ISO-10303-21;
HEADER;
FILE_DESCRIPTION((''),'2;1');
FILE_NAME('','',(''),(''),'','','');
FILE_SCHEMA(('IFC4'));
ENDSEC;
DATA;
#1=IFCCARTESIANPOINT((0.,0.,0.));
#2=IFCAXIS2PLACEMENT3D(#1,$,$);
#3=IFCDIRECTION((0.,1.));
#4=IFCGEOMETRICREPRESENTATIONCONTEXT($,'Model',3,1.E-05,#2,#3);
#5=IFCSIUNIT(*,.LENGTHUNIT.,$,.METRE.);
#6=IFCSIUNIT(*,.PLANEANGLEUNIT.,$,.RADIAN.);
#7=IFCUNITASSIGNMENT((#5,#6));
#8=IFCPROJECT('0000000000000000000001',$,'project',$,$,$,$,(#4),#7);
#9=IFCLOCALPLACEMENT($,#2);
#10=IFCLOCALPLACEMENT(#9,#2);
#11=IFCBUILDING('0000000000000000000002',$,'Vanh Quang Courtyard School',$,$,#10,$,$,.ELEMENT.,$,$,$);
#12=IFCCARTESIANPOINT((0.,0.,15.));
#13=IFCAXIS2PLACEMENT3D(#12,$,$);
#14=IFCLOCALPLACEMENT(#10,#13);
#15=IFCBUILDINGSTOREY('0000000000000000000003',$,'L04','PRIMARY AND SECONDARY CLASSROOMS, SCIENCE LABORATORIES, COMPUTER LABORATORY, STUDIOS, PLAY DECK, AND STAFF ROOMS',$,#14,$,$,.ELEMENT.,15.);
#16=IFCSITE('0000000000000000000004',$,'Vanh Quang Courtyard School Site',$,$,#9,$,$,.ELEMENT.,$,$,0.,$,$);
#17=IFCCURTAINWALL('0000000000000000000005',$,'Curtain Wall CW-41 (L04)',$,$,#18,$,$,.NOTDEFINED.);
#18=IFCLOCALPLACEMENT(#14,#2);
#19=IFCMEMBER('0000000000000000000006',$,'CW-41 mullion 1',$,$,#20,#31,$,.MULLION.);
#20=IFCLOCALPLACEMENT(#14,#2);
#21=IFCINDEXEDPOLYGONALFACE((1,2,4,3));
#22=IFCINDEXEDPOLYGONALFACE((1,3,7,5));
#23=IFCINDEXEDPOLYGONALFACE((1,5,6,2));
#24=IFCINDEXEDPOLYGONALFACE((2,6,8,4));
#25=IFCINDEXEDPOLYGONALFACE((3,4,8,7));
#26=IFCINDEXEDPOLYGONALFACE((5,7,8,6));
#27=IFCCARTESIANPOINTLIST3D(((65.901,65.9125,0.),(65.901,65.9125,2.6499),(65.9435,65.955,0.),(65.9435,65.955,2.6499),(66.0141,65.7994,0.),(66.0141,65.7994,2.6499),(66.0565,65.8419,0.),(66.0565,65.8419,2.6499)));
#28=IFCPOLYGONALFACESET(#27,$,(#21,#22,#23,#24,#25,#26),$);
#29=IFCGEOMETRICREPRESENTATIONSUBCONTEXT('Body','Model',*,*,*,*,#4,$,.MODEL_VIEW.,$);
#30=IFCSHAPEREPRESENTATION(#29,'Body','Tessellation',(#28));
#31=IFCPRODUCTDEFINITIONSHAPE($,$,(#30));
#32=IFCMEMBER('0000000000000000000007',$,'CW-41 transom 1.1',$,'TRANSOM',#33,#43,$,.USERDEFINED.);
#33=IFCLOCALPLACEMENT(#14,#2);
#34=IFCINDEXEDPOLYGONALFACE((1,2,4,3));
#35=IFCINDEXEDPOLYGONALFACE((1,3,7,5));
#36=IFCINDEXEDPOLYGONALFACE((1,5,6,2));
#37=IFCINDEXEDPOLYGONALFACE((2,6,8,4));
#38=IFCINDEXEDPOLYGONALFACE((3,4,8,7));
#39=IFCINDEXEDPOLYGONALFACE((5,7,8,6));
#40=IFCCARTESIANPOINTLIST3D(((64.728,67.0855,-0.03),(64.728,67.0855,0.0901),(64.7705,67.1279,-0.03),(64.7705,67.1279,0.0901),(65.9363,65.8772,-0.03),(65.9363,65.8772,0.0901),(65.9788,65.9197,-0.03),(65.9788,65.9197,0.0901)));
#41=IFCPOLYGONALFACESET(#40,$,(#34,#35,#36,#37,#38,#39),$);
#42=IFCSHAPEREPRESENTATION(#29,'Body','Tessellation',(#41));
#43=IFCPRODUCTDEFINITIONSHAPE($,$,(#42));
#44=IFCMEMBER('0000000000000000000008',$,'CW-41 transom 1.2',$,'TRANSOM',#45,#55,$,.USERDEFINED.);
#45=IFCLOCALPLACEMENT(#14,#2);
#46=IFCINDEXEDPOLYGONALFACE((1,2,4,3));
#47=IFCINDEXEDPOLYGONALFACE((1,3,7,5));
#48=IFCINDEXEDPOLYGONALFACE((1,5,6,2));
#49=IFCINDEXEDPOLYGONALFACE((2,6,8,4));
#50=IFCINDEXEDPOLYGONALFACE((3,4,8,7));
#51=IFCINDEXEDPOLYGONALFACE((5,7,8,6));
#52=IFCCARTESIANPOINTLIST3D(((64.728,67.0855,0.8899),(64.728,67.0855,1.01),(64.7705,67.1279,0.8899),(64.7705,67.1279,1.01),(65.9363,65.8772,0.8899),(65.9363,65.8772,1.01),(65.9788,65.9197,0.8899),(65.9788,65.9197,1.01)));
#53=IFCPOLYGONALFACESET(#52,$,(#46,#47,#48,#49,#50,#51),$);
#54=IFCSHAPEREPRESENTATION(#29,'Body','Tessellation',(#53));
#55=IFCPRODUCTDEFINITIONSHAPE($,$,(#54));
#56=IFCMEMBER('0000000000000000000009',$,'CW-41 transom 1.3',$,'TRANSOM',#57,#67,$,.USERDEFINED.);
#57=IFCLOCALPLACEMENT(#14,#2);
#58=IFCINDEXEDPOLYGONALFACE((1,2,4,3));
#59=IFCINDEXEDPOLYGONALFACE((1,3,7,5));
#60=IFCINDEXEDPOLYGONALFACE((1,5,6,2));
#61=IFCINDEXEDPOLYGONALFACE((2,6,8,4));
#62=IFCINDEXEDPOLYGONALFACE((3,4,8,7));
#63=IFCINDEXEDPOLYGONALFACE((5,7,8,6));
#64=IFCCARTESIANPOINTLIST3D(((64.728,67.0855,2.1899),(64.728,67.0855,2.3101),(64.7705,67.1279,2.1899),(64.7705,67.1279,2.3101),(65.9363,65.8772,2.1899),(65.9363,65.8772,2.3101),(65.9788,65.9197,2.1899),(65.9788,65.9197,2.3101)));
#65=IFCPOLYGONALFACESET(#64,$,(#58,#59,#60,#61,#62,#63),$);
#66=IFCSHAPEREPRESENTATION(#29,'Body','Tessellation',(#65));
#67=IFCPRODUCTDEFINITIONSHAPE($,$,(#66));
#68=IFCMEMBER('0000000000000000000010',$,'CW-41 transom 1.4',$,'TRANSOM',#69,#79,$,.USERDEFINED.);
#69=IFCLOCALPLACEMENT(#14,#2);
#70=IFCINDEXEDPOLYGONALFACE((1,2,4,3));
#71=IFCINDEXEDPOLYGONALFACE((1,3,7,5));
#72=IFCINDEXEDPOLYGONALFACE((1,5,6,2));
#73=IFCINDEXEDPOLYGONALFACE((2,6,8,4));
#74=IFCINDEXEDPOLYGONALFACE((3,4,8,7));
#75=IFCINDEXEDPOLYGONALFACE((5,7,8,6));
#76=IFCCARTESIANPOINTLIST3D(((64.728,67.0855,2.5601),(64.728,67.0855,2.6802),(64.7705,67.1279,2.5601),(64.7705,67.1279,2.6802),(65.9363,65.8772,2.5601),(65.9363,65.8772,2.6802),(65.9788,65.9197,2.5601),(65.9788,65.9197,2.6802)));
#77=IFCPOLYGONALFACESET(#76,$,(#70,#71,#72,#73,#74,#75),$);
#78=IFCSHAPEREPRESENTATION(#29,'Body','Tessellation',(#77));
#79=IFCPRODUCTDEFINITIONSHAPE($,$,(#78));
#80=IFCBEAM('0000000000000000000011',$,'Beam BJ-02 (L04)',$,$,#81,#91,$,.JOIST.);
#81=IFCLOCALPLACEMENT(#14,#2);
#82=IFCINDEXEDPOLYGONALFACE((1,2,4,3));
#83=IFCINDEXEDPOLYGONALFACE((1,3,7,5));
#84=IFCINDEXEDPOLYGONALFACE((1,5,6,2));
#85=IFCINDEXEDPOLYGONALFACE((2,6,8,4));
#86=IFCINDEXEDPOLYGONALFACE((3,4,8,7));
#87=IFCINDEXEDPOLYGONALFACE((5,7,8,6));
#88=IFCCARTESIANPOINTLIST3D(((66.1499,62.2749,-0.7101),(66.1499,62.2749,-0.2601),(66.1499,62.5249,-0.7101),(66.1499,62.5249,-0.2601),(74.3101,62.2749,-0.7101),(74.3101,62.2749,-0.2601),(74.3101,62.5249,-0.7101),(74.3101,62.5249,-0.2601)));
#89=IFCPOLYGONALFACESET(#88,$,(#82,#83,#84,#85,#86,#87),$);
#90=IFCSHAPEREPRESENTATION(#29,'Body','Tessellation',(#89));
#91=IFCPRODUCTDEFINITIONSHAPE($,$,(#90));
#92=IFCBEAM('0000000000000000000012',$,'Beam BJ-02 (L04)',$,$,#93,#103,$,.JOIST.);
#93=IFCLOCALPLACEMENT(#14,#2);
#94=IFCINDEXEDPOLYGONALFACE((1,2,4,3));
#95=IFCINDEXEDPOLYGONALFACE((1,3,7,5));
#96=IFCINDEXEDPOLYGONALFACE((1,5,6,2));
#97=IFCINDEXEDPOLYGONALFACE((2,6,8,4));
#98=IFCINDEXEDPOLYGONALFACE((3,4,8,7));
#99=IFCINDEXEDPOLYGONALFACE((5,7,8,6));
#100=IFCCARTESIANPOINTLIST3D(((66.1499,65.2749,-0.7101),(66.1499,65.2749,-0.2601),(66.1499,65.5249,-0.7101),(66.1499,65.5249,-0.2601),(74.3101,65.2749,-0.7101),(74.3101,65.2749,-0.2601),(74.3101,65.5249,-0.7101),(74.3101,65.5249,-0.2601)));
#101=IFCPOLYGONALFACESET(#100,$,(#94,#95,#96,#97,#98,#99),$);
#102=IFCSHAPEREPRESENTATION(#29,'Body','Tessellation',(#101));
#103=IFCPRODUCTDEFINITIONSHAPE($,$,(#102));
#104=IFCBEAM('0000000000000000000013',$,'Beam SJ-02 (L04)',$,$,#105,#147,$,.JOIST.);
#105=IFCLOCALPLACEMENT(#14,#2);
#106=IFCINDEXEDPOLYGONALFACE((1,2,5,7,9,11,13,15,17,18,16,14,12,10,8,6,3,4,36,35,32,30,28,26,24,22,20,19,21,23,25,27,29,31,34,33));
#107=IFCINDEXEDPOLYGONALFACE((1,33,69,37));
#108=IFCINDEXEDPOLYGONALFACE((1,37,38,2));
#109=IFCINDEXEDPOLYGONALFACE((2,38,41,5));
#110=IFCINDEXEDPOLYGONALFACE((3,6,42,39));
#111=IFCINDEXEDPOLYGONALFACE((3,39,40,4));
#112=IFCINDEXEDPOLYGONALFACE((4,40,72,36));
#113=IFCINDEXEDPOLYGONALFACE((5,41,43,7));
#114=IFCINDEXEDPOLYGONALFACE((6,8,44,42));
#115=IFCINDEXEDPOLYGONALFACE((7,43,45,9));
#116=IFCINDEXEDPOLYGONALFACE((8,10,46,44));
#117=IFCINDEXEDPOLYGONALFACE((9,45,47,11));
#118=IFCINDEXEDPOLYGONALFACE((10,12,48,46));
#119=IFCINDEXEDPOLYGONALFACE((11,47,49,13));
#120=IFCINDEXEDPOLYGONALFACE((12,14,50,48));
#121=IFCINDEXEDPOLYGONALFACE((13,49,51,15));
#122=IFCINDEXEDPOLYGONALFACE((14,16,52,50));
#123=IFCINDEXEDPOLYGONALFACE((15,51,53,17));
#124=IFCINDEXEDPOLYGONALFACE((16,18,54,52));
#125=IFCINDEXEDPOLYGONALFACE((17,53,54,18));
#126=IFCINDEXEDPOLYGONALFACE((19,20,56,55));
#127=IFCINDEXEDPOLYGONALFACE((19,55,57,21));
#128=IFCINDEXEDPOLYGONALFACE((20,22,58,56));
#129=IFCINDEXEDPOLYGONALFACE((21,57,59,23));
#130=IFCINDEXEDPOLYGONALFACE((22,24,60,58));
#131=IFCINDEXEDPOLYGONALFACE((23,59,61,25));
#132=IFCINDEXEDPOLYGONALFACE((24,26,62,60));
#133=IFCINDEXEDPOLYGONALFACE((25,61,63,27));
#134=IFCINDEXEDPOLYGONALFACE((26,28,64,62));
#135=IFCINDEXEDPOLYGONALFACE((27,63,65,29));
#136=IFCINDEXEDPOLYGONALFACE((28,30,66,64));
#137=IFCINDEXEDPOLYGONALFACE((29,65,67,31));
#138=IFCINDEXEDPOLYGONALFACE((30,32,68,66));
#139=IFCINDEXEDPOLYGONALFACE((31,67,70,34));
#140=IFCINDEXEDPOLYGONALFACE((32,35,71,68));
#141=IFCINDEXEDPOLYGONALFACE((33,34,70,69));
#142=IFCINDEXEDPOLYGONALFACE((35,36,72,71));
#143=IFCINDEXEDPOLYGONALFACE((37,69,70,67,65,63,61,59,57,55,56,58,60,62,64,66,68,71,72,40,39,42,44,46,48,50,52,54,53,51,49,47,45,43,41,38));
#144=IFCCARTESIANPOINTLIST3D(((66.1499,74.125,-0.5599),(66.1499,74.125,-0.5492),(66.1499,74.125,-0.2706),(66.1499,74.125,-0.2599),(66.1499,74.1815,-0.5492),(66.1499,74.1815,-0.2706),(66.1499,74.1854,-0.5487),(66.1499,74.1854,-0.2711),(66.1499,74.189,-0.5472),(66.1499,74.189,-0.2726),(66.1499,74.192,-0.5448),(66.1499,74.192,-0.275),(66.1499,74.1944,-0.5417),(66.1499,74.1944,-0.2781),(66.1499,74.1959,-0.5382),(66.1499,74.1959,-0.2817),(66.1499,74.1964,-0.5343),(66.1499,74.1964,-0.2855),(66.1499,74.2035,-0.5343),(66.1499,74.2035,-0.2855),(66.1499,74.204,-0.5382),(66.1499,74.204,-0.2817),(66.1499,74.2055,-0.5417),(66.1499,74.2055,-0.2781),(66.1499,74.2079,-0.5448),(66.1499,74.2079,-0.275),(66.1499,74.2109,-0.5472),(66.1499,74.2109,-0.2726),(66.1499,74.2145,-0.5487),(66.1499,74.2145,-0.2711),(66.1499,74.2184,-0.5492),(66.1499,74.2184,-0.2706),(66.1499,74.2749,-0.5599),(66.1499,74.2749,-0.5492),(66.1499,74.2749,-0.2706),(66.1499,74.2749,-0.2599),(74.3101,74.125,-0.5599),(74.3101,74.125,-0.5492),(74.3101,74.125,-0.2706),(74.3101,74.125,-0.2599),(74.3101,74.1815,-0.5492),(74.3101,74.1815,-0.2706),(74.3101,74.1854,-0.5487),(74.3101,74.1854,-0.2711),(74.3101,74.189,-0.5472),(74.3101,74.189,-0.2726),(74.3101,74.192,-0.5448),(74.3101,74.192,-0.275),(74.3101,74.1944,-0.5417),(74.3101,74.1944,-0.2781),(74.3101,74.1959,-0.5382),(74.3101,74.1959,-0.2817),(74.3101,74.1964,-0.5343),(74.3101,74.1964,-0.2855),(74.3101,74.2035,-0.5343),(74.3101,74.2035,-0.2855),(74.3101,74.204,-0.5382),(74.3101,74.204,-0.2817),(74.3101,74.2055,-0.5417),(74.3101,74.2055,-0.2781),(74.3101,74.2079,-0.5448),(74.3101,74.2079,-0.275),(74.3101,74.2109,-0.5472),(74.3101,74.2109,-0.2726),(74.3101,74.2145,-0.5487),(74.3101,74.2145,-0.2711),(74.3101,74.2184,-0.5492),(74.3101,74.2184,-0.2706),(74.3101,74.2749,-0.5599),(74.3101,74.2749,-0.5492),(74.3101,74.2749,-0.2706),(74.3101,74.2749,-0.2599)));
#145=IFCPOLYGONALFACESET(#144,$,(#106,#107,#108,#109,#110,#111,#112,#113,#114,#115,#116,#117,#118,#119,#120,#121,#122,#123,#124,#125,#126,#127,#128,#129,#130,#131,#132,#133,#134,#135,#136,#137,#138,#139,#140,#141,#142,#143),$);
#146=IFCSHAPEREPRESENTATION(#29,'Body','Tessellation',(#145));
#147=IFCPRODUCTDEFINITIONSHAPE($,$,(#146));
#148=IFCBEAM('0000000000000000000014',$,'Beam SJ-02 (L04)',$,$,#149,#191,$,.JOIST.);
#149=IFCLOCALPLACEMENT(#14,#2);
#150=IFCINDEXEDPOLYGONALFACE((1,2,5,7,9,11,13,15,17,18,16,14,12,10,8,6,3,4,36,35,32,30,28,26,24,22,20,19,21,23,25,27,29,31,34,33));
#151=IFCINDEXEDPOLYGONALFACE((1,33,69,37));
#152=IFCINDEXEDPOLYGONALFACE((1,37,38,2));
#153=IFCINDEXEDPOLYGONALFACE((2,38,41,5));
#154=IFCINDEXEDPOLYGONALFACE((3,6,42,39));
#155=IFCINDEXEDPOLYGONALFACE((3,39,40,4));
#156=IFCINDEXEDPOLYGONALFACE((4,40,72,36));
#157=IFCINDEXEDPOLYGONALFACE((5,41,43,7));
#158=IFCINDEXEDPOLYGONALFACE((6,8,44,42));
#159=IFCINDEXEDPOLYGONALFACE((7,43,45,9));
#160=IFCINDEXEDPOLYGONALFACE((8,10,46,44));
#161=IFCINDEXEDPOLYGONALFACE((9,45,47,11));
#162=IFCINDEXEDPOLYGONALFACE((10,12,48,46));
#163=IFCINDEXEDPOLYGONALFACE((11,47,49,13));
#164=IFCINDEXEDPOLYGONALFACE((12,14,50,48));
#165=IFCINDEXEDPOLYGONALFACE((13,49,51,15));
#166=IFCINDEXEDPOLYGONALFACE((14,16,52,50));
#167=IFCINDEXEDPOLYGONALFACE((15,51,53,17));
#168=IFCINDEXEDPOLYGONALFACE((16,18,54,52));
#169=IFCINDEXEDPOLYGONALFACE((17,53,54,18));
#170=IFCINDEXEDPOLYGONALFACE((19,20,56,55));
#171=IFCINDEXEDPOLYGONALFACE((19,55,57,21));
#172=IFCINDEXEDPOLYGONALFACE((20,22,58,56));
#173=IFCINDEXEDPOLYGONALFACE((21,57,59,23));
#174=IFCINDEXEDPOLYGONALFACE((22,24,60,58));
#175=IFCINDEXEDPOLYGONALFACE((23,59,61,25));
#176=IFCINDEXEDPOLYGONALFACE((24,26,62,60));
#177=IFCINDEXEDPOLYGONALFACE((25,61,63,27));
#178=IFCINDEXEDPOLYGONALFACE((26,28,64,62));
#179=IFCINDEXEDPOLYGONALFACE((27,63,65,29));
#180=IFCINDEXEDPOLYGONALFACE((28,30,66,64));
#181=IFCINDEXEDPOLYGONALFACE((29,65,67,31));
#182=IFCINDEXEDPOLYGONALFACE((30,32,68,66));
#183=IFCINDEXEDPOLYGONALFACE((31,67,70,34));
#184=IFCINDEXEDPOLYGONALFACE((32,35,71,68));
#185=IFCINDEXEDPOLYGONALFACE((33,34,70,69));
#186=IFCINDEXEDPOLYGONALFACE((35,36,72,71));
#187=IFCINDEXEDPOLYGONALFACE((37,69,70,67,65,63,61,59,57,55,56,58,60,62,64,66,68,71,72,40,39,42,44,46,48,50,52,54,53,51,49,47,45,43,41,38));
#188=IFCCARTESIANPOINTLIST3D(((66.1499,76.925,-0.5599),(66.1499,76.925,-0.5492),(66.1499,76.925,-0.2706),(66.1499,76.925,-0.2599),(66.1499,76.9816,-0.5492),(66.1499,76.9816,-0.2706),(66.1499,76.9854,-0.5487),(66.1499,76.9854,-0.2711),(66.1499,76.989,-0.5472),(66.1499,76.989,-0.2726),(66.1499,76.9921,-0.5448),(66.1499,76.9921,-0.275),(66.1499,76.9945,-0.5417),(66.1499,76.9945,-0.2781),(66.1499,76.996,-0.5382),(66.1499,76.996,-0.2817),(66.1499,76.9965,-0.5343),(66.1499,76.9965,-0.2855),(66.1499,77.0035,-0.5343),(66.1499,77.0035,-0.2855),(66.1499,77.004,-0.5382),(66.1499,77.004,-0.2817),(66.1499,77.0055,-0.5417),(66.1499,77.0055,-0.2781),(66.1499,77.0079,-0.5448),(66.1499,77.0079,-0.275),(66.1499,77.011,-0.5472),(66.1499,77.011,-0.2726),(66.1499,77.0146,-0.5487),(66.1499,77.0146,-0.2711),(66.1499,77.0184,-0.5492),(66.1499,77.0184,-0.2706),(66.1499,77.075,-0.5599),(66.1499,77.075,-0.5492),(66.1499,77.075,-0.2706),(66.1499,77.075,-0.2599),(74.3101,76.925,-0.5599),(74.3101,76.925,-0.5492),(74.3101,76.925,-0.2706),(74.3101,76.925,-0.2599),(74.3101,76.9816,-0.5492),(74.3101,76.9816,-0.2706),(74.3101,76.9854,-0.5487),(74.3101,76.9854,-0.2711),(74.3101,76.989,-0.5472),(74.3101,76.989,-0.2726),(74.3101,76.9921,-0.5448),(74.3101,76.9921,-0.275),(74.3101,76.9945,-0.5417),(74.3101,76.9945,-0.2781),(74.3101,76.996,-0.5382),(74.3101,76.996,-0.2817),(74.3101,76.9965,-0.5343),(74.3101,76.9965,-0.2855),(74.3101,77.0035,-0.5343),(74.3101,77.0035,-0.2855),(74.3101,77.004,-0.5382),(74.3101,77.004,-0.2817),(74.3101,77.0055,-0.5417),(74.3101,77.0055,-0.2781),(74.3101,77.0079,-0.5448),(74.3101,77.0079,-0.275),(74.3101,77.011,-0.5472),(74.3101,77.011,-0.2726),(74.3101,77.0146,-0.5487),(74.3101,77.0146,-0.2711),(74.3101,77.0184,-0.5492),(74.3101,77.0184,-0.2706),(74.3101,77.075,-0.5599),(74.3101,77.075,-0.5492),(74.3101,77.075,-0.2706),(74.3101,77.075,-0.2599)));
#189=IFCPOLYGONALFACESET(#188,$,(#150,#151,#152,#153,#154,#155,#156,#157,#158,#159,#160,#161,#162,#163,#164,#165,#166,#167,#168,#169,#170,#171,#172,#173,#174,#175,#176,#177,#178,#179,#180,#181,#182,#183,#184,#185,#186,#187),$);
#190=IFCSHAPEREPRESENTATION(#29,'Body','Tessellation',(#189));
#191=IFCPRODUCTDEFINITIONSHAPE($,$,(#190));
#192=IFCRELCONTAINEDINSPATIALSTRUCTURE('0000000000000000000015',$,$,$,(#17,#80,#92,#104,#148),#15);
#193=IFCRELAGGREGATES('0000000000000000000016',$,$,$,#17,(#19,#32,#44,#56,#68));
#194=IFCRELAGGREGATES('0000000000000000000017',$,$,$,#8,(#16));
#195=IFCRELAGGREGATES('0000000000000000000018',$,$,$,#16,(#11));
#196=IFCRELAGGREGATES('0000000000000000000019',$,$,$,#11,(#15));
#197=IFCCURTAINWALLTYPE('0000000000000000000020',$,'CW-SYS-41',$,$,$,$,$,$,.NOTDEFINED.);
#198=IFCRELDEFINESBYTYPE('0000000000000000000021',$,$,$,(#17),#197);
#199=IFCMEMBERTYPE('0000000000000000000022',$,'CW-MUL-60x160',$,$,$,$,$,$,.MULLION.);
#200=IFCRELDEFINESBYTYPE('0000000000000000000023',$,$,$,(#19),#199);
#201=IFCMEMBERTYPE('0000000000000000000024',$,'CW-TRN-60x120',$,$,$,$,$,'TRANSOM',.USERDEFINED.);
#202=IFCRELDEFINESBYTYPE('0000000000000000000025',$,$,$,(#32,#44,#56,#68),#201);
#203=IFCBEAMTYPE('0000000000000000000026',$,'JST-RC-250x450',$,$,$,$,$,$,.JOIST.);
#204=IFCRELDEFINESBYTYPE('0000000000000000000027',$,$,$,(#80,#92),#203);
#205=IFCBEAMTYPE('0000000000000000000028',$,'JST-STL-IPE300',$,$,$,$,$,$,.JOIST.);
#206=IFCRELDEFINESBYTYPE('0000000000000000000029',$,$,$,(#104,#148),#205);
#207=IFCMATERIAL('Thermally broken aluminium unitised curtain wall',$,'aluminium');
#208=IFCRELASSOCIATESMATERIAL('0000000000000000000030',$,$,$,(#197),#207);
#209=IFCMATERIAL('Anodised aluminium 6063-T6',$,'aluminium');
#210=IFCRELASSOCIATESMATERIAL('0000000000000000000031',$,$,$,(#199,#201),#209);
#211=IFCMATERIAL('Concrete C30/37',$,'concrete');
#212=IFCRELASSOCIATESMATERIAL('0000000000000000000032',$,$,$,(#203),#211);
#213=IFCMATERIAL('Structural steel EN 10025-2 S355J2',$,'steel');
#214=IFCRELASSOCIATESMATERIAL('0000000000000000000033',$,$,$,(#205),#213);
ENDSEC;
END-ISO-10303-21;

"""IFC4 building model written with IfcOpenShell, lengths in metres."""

from ifc_helpers import new_model, si_unit, direction, frame, origin, origin_2d, place, context, subcontext, project, spatial, rectangle, i_section, extrude, material, material_profile, profile_set, type_object, element, aggregate, save


model = new_model("IFC4")

# Units and contexts
model_context = context("Model", 3, precision=1e-05, world=origin(), true_north=direction((0.0, 1.0)))
body_context = subcontext(model_context, "Body", "Model", "MODEL_VIEW")
ifc_project = project(units=[si_unit("LENGTHUNIT", "METRE"), si_unit("PLANEANGLEUNIT", "RADIAN")], contexts=[model_context])

# Site, building, storey
site_placement = place(None, origin())
site = spatial("IfcSite", under=ifc_project, at=site_placement, Name="Vanh Quang Courtyard School Site", CompositionType="ELEMENT", RefElevation=0.0)
building_placement = place(site_placement, origin())
building = spatial("IfcBuilding", under=site, at=building_placement, Name="Vanh Quang Courtyard School", CompositionType="ELEMENT")
storey_placement = place(building_placement, frame((0.0, 0.0, 15.0)))
storey = spatial("IfcBuildingStorey", under=building, at=storey_placement, Name="L04", Description="PRIMARY AND SECONDARY CLASSROOMS, SCIENCE LABORATORIES, COMPUTER LABORATORY, STUDIOS, PLAY DECK, AND STAFF ROOMS", CompositionType="ELEMENT", Elevation=15.0)

# Shared definitions
ifc_material_1 = material(Name="Structural steel EN 10025-2 S355J2", Category="steel")

# Curtain wall, members
ifc_material_2 = material(Name="Thermally broken aluminium unitised curtain wall", Category="aluminium")
curtain_wall_type = type_object("IfcCurtainWallType", Name="CW-SYS-41", PredefinedType="NOTDEFINED", material=ifc_material_2)
curtain_wall_placement = place(storey_placement, origin())
curtain_wall = element("IfcCurtainWall", 1, at=curtain_wall_placement, inside=storey, type_object=curtain_wall_type, Name="Curtain Wall CW-41 (L04)", PredefinedType="NOTDEFINED")
ifc_material_3 = material(Name="Anodised aluminium 6063-T6", Category="aluminium")
ifc_material_profile_1 = material_profile(ifc_material_3, rectangle(XDim=0.0601, YDim=0.1599, at=origin_2d()), Name="ALU-MUL 60x160")
ifc_profile_set_1 = profile_set([ifc_material_profile_1], Name="Anodised aluminium 6063-T6")
member_type_1 = type_object("IfcMemberType", Name="CW-MUL-60x160", PredefinedType="MULLION", material=ifc_profile_set_1)
member_1_placement = place(storey_placement, frame((65.9788, 65.8772, 0.0), z_axis=(0.0, 0.0, 1.0), x_axis=(-0.707107, -0.707107, 0.0)))
member_1 = element("IfcMember", 2, at=member_1_placement, type_object=member_type_1, Name="CW-41 mullion 1", PredefinedType="MULLION", context=body_context, shape_type="SweptSolid", body=[
    extrude(rectangle(XDim=0.0601, YDim=0.1599, at=origin_2d()), origin(), (0.0, 0.0, 1.0), 2.6499),
])
ifc_material_profile_2 = material_profile(ifc_material_3, rectangle(XDim=0.0601, YDim=0.1201, at=origin_2d()), Name="ALU-TRN 60x120")
ifc_profile_set_2 = profile_set([ifc_material_profile_2], Name="Anodised aluminium 6063-T6")
member_type_2 = type_object("IfcMemberType", Name="CW-TRN-60x120", ElementType="TRANSOM", PredefinedType="USERDEFINED", material=ifc_profile_set_2)
member_2_placement = place(storey_placement, frame((65.9575, 65.8984, 0.03), z_axis=(-0.707107, 0.707107, 0.0), x_axis=(-0.707107, -0.707107, 0.0)))
member_2 = element("IfcMember", 3, at=member_2_placement, type_object=member_type_2, Name="CW-41 transom 1.1", ObjectType="TRANSOM", PredefinedType="USERDEFINED", context=body_context, shape_type="SweptSolid", body=[
    extrude(rectangle(XDim=0.0601, YDim=0.1201, at=origin_2d()), origin(), (0.0, 0.0, 1.0), 1.7087),
])
member_3_placement = place(storey_placement, frame((65.9575, 65.8984, 0.95), z_axis=(-0.707107, 0.707107, 0.0), x_axis=(-0.707107, -0.707107, 0.0)))
member_3 = element("IfcMember", 4, at=member_3_placement, type_object=member_type_2, Name="CW-41 transom 1.2", ObjectType="TRANSOM", PredefinedType="USERDEFINED", context=body_context, shape_type="SweptSolid", body=[
    extrude(rectangle(XDim=0.0601, YDim=0.1201, at=origin_2d()), origin(), (0.0, 0.0, 1.0), 1.7087),
])
member_4_placement = place(storey_placement, frame((65.9575, 65.8984, 2.25), z_axis=(-0.707107, 0.707107, 0.0), x_axis=(-0.707107, -0.707107, 0.0)))
member_4 = element("IfcMember", 5, at=member_4_placement, type_object=member_type_2, Name="CW-41 transom 1.3", ObjectType="TRANSOM", PredefinedType="USERDEFINED", context=body_context, shape_type="SweptSolid", body=[
    extrude(rectangle(XDim=0.0601, YDim=0.1201, at=origin_2d()), origin(), (0.0, 0.0, 1.0), 1.7087),
])
member_5_placement = place(storey_placement, frame((65.9575, 65.8984, 2.6201), z_axis=(-0.707107, 0.707107, 0.0), x_axis=(-0.707107, -0.707107, 0.0)))
member_5 = element("IfcMember", 6, at=member_5_placement, type_object=member_type_2, Name="CW-41 transom 1.4", ObjectType="TRANSOM", PredefinedType="USERDEFINED", context=body_context, shape_type="SweptSolid", body=[
    extrude(rectangle(XDim=0.0601, YDim=0.1201, at=origin_2d()), origin(), (0.0, 0.0, 1.0), 1.7087),
])
aggregate(curtain_wall, [member_1, member_2, member_3, member_4, member_5])

# Beams
ifc_material_4 = material(Name="Concrete C30/37", Category="concrete")
ifc_material_profile_3 = material_profile(ifc_material_4, rectangle(XDim=0.25, YDim=0.45, at=origin_2d()), Name="RC-JST 250x450")
ifc_profile_set_3 = profile_set([ifc_material_profile_3], Name="Concrete C30/37")
beam_type_1 = type_object("IfcBeamType", Name="JST-RC-250x450", PredefinedType="JOIST", material=ifc_profile_set_3)
for number, where, z_axis, x_axis, name in (
    (7, (66.1499, 62.3999, -0.4851), (1.0, 0.0, 0.0), (0.0, 1.0, 0.0), "Beam BJ-02 (L04)"),
    (8, (66.1499, 65.3999, -0.4851), (1.0, 0.0, 0.0), (0.0, 1.0, 0.0), "Beam BJ-02 (L04)"),
):
    element("IfcBeam", number, at=place(storey_placement, frame(where, z_axis=z_axis, x_axis=x_axis)), inside=storey, type_object=beam_type_1, Name=name, PredefinedType="JOIST", context=body_context, shape_type="SweptSolid", body=[
        extrude(rectangle(XDim=0.25, YDim=0.45, at=origin_2d()), origin(), (0.0, 0.0, 1.0), 8.1602),
    ])
ifc_material_profile_4 = material_profile(ifc_material_1, i_section(OverallWidth=0.1499, OverallDepth=0.3, WebThickness=0.0071, FlangeThickness=0.0107, FilletRadius=0.0149, at=origin_2d()), Name="IPE 300")
ifc_profile_set_4 = profile_set([ifc_material_profile_4], Name="Structural steel EN 10025-2 S355J2")
beam_type_2 = type_object("IfcBeamType", Name="JST-STL-IPE300", PredefinedType="JOIST", material=ifc_profile_set_4)
for number, where, z_axis, x_axis, name in (
    (9, (66.1499, 74.2, -0.4099), (1.0, 0.0, 0.0), (0.0, 1.0, 0.0), "Beam SJ-02 (L04)"),
    (10, (66.1499, 77.0, -0.4099), (1.0, 0.0, 0.0), (0.0, 1.0, 0.0), "Beam SJ-02 (L04)"),
):
    element("IfcBeam", number, at=place(storey_placement, frame(where, z_axis=z_axis, x_axis=x_axis)), inside=storey, type_object=beam_type_2, Name=name, PredefinedType="JOIST", context=body_context, shape_type="SweptSolid", body=[
        extrude(i_section(OverallWidth=0.1499, OverallDepth=0.3, WebThickness=0.0071, FlangeThickness=0.0107, FilletRadius=0.0149, at=origin_2d()), origin(), (0.0, 0.0, 1.0), 8.1602),
    ])

save(model, "model.ifc")
